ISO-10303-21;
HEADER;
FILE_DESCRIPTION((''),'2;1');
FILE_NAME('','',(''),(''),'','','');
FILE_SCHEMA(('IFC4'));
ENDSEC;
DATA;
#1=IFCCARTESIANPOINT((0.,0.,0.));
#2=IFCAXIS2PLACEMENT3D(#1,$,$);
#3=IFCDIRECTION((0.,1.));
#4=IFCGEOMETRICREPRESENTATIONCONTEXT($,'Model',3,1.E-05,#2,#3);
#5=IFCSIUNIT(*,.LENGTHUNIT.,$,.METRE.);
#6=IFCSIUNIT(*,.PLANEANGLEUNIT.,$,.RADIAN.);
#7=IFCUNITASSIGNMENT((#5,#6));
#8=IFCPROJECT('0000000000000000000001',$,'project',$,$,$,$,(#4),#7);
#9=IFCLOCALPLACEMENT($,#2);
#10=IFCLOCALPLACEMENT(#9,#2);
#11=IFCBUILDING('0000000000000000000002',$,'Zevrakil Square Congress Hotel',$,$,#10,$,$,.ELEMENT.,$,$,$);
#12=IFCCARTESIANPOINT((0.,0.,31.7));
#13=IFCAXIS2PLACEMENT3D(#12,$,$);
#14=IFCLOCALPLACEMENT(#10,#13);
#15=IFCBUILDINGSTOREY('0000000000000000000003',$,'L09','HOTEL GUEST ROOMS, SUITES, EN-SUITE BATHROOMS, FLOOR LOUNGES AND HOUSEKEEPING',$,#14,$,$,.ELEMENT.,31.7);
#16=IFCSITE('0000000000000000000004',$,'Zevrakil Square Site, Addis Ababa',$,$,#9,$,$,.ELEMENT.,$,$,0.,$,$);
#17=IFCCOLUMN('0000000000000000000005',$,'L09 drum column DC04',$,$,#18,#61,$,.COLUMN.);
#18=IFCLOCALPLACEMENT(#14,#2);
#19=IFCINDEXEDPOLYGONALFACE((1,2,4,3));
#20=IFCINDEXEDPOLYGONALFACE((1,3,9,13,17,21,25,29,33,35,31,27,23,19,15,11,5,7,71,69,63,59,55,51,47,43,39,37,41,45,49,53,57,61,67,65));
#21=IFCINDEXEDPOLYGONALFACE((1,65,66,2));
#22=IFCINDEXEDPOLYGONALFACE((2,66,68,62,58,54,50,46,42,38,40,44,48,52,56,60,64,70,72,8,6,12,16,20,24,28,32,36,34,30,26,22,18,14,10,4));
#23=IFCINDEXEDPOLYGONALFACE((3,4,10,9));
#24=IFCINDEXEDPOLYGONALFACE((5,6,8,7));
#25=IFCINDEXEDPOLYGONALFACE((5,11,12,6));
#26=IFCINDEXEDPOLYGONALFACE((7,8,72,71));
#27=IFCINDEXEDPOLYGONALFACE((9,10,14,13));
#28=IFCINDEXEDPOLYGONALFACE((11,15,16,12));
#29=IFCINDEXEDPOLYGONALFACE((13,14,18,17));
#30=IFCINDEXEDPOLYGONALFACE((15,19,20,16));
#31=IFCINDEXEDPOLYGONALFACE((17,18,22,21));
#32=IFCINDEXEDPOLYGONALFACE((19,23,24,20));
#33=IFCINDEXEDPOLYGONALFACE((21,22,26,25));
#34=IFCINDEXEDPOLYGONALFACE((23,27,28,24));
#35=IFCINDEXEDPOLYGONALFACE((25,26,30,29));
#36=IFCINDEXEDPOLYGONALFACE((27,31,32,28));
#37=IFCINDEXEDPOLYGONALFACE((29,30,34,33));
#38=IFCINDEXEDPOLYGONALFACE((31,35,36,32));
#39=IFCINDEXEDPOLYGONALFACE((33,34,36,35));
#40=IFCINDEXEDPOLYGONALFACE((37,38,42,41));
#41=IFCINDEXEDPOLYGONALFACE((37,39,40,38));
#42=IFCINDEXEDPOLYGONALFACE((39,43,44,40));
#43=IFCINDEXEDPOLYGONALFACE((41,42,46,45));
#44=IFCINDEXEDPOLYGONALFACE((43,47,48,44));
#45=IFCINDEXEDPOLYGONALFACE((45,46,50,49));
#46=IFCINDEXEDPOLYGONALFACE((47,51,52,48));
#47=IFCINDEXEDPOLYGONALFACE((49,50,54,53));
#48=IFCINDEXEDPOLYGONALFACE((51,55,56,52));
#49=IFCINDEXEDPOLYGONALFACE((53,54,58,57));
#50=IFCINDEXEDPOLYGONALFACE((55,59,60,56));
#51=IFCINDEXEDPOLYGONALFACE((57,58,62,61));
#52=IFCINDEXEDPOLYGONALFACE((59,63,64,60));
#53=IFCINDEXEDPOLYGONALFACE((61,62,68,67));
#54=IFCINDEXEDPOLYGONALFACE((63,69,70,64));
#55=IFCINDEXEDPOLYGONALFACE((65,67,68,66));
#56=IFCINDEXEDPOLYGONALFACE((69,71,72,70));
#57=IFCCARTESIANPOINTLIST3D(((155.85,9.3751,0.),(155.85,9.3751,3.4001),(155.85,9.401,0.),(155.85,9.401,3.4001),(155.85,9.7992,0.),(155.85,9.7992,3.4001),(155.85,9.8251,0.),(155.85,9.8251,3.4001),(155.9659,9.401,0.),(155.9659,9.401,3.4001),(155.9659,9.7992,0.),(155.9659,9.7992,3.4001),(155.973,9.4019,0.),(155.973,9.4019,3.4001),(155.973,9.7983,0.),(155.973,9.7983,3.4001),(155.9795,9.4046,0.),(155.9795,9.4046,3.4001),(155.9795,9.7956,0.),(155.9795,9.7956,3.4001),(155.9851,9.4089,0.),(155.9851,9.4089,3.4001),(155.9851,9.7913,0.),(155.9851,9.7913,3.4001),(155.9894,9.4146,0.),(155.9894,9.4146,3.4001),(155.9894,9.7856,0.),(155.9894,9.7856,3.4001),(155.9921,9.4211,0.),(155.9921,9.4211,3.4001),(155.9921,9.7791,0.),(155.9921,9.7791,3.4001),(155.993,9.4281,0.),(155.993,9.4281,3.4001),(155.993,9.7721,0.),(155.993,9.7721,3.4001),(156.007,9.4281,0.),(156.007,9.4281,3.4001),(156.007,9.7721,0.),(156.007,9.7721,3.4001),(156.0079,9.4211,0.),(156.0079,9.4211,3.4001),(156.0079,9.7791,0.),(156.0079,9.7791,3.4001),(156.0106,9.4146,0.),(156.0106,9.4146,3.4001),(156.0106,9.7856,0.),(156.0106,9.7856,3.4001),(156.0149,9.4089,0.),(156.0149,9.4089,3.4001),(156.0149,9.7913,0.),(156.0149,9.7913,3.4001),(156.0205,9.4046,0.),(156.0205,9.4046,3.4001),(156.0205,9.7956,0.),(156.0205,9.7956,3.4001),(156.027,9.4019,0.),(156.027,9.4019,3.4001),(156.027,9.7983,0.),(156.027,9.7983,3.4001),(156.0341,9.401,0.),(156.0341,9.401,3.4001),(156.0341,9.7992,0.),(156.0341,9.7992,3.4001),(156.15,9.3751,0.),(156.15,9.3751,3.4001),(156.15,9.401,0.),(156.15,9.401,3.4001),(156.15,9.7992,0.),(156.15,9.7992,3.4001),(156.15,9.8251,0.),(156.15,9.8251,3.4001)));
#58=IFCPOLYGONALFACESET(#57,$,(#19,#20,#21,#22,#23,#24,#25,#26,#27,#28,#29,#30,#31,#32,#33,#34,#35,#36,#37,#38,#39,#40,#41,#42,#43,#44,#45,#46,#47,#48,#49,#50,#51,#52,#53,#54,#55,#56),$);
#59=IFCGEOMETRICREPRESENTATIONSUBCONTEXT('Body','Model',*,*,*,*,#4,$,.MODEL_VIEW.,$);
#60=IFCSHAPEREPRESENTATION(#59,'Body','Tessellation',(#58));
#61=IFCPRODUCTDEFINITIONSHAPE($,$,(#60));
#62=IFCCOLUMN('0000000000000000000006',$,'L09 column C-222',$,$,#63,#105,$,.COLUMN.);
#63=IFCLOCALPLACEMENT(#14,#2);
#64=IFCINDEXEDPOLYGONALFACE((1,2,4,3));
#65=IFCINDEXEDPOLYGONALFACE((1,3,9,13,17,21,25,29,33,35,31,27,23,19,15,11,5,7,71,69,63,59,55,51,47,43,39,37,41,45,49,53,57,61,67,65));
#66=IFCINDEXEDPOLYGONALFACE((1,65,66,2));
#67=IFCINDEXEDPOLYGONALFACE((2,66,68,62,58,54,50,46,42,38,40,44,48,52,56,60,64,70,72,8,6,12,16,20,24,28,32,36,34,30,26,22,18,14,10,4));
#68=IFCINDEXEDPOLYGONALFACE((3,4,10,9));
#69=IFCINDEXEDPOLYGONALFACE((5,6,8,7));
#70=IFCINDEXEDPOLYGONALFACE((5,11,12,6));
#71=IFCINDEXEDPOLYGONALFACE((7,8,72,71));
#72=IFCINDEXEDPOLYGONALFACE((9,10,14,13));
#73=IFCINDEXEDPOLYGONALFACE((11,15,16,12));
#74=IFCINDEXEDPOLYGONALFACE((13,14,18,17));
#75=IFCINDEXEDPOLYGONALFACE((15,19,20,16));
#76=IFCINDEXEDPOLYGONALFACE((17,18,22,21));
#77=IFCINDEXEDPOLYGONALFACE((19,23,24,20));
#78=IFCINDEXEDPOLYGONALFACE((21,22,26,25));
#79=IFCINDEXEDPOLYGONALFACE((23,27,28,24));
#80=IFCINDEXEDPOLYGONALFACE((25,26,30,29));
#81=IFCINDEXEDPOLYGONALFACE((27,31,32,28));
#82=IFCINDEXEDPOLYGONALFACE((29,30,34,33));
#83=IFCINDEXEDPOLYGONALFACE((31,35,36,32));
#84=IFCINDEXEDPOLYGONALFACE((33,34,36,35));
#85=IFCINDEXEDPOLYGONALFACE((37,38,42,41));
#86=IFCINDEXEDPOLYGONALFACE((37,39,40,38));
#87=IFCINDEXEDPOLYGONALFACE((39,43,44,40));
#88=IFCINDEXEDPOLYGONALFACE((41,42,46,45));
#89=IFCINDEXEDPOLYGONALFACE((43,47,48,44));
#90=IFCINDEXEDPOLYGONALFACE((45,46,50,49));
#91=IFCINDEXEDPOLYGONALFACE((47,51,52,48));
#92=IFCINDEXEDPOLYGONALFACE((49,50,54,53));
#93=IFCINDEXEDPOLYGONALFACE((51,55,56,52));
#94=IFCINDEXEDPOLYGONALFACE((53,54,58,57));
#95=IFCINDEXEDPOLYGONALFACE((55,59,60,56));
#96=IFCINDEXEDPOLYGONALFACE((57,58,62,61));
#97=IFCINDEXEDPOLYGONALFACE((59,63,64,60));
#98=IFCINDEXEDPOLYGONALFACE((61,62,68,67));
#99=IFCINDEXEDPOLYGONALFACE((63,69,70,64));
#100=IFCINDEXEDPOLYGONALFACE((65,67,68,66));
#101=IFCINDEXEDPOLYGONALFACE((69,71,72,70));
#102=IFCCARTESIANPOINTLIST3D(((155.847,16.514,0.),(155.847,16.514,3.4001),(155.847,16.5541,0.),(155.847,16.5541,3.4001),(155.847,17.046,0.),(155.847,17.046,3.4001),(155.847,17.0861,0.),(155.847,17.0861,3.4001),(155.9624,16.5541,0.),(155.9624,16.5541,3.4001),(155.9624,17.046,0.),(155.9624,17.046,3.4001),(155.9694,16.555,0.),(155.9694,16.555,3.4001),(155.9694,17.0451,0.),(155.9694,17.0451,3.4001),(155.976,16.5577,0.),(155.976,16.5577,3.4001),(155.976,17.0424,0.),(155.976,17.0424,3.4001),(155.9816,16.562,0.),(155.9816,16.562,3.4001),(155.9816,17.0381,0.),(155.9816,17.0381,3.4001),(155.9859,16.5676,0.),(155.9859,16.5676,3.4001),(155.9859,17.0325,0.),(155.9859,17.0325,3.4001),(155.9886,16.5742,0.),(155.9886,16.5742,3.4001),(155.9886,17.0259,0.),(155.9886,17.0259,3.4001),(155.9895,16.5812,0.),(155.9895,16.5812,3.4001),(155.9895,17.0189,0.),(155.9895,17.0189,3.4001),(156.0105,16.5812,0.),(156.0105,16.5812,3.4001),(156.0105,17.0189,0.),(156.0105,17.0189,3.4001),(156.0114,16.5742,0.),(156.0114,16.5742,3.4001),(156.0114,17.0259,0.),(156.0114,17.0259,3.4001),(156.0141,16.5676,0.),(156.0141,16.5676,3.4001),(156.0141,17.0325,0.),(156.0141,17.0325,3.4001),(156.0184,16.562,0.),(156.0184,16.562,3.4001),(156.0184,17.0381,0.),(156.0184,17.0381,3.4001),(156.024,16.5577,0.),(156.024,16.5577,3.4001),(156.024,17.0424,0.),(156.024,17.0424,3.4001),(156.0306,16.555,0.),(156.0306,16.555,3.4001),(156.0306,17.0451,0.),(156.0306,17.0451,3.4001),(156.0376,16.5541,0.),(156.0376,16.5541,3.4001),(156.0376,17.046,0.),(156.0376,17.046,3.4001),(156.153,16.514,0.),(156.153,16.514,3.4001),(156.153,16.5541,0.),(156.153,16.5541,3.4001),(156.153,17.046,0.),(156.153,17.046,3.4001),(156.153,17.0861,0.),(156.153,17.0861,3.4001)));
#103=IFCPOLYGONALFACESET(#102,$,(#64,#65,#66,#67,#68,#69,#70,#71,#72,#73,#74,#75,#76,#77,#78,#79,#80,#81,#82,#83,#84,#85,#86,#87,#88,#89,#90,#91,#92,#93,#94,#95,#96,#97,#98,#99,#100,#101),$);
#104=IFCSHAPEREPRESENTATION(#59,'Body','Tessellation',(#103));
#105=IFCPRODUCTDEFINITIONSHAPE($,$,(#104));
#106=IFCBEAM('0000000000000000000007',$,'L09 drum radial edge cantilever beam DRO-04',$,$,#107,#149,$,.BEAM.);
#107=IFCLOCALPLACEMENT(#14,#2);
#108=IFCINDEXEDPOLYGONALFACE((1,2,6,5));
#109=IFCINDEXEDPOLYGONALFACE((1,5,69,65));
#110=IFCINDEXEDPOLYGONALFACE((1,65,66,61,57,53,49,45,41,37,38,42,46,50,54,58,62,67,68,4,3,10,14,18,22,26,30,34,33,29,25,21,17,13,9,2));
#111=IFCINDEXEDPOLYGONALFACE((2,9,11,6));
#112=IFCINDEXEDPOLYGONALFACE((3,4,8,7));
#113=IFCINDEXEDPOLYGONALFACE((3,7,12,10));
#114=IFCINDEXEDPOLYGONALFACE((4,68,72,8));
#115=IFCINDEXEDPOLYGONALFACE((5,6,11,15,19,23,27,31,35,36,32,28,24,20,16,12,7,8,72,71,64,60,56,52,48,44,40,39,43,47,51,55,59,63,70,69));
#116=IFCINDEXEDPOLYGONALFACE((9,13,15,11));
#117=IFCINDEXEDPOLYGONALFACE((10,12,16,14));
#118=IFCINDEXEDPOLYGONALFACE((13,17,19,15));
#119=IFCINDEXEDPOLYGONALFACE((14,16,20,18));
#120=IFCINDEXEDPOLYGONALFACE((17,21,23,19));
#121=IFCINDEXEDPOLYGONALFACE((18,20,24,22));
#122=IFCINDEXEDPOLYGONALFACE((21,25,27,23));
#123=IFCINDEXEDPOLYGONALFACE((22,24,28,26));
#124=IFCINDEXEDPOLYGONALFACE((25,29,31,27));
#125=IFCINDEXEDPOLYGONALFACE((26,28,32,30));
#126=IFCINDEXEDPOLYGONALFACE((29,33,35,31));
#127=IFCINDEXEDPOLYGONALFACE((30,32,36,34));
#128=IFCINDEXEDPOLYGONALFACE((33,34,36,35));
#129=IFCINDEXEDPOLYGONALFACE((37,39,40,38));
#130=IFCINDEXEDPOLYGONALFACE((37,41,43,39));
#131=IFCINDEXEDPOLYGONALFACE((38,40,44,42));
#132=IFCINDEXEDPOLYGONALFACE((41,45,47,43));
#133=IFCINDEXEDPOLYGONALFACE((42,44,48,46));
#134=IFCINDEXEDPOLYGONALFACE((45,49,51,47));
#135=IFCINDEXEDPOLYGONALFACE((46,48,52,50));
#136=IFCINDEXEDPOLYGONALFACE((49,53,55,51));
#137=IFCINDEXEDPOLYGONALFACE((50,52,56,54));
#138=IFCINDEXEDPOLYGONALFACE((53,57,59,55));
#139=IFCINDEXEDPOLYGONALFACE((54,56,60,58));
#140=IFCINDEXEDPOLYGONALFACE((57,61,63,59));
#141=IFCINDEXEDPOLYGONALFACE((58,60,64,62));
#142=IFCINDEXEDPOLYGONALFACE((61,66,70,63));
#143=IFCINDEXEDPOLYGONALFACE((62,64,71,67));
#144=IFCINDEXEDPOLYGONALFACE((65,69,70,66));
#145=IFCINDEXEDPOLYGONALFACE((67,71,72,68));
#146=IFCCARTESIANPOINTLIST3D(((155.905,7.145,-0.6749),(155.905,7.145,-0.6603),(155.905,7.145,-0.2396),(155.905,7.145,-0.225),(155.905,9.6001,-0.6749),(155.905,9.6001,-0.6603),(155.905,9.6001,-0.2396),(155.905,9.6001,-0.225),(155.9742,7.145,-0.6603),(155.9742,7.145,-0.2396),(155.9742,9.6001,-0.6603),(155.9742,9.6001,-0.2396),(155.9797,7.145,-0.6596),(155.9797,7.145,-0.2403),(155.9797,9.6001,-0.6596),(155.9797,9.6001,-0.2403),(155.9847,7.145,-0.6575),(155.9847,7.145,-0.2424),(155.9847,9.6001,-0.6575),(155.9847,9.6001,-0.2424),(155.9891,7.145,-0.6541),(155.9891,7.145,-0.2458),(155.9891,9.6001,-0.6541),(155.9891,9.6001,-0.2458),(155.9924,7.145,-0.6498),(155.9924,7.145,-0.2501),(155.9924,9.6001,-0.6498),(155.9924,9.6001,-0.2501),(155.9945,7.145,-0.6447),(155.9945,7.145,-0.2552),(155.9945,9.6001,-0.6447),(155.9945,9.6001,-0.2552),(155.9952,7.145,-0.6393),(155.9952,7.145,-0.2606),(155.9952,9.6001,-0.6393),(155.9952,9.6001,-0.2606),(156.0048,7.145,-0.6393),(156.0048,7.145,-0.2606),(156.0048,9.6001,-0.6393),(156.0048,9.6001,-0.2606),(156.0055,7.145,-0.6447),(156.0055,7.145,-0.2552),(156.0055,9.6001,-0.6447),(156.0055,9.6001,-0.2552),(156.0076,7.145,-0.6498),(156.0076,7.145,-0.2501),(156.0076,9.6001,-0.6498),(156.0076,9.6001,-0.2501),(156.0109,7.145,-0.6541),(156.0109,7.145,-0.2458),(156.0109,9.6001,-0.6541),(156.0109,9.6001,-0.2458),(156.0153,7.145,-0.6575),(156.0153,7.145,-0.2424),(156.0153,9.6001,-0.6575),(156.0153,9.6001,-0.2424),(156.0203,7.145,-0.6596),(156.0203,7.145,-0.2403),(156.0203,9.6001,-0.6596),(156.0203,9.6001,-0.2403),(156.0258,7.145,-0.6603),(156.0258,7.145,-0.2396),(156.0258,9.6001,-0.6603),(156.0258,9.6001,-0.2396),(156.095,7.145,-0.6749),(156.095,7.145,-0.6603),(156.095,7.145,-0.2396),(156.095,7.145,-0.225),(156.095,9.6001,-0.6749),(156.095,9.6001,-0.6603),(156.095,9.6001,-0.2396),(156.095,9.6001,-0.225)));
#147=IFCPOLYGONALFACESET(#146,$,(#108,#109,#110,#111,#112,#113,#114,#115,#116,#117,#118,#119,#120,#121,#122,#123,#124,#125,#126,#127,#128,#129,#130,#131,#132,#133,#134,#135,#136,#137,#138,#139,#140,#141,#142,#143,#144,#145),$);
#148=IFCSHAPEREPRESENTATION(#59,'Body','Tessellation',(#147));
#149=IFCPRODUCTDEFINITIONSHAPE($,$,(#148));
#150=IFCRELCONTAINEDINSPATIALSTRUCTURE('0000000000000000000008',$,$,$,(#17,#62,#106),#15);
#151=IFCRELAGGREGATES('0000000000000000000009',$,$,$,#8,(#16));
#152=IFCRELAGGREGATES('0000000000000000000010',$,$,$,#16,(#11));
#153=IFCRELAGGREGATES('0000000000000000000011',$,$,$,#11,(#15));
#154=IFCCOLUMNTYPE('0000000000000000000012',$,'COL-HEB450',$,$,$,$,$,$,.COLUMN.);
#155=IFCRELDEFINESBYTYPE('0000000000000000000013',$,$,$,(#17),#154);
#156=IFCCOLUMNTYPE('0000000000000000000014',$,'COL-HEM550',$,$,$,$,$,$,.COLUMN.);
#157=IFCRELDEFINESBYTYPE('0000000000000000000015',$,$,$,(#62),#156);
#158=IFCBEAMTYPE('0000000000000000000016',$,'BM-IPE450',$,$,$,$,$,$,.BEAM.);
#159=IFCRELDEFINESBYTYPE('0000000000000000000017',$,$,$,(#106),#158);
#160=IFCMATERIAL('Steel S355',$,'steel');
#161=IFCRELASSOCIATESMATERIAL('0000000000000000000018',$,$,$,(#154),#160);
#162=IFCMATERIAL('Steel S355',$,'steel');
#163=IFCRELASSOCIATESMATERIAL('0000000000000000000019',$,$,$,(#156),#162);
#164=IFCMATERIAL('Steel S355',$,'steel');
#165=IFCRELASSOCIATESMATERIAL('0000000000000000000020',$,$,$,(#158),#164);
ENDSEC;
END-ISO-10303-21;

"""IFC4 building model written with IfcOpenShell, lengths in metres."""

from ifc_helpers import new_model, si_unit, direction, frame, origin, origin_2d, place, context, subcontext, project, spatial, i_section, extrude, material, material_profile, profile_set, type_object, element, save


model = new_model("IFC4")

# Units and contexts
model_context = context("Model", 3, precision=1e-05, world=origin(), true_north=direction((0.0, 1.0)))
body_context = subcontext(model_context, "Body", "Model", "MODEL_VIEW")
ifc_project = project(units=[si_unit("LENGTHUNIT", "METRE"), si_unit("PLANEANGLEUNIT", "RADIAN")], contexts=[model_context])

# Site, building, storey
site_placement = place(None, origin())
site = spatial("IfcSite", under=ifc_project, at=site_placement, Name="Zevrakil Square Site, Addis Ababa", CompositionType="ELEMENT", RefElevation=0.0)
building_placement = place(site_placement, origin())
building = spatial("IfcBuilding", under=site, at=building_placement, Name="Zevrakil Square Congress Hotel", CompositionType="ELEMENT")
storey_placement = place(building_placement, frame((0.0, 0.0, 31.7)))
storey = spatial("IfcBuildingStorey", under=building, at=storey_placement, Name="L09", Description="HOTEL GUEST ROOMS, SUITES, EN-SUITE BATHROOMS, FLOOR LOUNGES AND HOUSEKEEPING", CompositionType="ELEMENT", Elevation=31.7)

# Columns
ifc_material_1 = material(Name="Steel S355", Category="steel")
ifc_material_profile_1 = material_profile(ifc_material_1, i_section(OverallWidth=0.3, OverallDepth=0.45, WebThickness=0.0139, FlangeThickness=0.0259, FilletRadius=0.0271, at=origin_2d()), Name="HEB 450")
ifc_profile_set_1 = profile_set([ifc_material_profile_1], Name="Steel S355")
column_type_1 = type_object("IfcColumnType", Name="COL-HEB450", PredefinedType="COLUMN", material=ifc_profile_set_1)
column_1_placement = place(storey_placement, frame((156.0, 9.6001, 0.0), z_axis=(0.0, 0.0, 1.0), x_axis=(1.0, 0.0, 0.0)))
element("IfcColumn", 1, at=column_1_placement, inside=storey, type_object=column_type_1, Name="L09 drum column DC04", PredefinedType="COLUMN", context=body_context, shape_type="SweptSolid", body=[
    extrude(i_section(OverallWidth=0.3, OverallDepth=0.45, WebThickness=0.0139, FlangeThickness=0.0259, FilletRadius=0.0271, at=origin_2d()), origin(), (0.0, 0.0, 1.0), 3.4001),
])
ifc_material_2 = material(Name="Steel S355", Category="steel")
ifc_material_profile_2 = material_profile(ifc_material_2, i_section(OverallWidth=0.3059, OverallDepth=0.572, WebThickness=0.021, FlangeThickness=0.04, FilletRadius=0.0271, at=origin_2d()), Name="HEM 550")
ifc_profile_set_2 = profile_set([ifc_material_profile_2], Name="Steel S355")
column_type_2 = type_object("IfcColumnType", Name="COL-HEM550", PredefinedType="COLUMN", material=ifc_profile_set_2)
column_2_placement = place(storey_placement, frame((156.0, 16.8, 0.0), z_axis=(0.0, 0.0, 1.0), x_axis=(1.0, 0.0, 0.0)))
element("IfcColumn", 2, at=column_2_placement, inside=storey, type_object=column_type_2, Name="L09 column C-222", PredefinedType="COLUMN", context=body_context, shape_type="SweptSolid", body=[
    extrude(i_section(OverallWidth=0.3059, OverallDepth=0.572, WebThickness=0.021, FlangeThickness=0.04, FilletRadius=0.0271, at=origin_2d()), origin(), (0.0, 0.0, 1.0), 3.4001),
])

# Beam
ifc_material_3 = material(Name="Steel S355", Category="steel")
ifc_material_profile_3 = material_profile(ifc_material_3, i_section(OverallWidth=0.1899, OverallDepth=0.45, WebThickness=0.0095, FlangeThickness=0.0146, FilletRadius=0.021, at=origin_2d()), Name="IPE 450")
ifc_profile_set_3 = profile_set([ifc_material_profile_3], Name="Steel S355")
beam_type_1 = type_object("IfcBeamType", Name="BM-IPE450", PredefinedType="BEAM", material=ifc_profile_set_3)
beam_1_placement = place(storey_placement, frame((156.0, 9.6001, -0.45), z_axis=(0.0, -1.0, 0.0), x_axis=(1.0, 0.0, 0.0)))
element("IfcBeam", 3, at=beam_1_placement, inside=storey, type_object=beam_type_1, Name="L09 drum radial edge cantilever beam DRO-04", PredefinedType="BEAM", context=body_context, shape_type="SweptSolid", body=[
    extrude(i_section(OverallWidth=0.1899, OverallDepth=0.45, WebThickness=0.0095, FlangeThickness=0.0146, FilletRadius=0.021, at=origin_2d()), origin(), (0.0, 0.0, 1.0), 2.4551),
])

save(model, "model.ifc")
